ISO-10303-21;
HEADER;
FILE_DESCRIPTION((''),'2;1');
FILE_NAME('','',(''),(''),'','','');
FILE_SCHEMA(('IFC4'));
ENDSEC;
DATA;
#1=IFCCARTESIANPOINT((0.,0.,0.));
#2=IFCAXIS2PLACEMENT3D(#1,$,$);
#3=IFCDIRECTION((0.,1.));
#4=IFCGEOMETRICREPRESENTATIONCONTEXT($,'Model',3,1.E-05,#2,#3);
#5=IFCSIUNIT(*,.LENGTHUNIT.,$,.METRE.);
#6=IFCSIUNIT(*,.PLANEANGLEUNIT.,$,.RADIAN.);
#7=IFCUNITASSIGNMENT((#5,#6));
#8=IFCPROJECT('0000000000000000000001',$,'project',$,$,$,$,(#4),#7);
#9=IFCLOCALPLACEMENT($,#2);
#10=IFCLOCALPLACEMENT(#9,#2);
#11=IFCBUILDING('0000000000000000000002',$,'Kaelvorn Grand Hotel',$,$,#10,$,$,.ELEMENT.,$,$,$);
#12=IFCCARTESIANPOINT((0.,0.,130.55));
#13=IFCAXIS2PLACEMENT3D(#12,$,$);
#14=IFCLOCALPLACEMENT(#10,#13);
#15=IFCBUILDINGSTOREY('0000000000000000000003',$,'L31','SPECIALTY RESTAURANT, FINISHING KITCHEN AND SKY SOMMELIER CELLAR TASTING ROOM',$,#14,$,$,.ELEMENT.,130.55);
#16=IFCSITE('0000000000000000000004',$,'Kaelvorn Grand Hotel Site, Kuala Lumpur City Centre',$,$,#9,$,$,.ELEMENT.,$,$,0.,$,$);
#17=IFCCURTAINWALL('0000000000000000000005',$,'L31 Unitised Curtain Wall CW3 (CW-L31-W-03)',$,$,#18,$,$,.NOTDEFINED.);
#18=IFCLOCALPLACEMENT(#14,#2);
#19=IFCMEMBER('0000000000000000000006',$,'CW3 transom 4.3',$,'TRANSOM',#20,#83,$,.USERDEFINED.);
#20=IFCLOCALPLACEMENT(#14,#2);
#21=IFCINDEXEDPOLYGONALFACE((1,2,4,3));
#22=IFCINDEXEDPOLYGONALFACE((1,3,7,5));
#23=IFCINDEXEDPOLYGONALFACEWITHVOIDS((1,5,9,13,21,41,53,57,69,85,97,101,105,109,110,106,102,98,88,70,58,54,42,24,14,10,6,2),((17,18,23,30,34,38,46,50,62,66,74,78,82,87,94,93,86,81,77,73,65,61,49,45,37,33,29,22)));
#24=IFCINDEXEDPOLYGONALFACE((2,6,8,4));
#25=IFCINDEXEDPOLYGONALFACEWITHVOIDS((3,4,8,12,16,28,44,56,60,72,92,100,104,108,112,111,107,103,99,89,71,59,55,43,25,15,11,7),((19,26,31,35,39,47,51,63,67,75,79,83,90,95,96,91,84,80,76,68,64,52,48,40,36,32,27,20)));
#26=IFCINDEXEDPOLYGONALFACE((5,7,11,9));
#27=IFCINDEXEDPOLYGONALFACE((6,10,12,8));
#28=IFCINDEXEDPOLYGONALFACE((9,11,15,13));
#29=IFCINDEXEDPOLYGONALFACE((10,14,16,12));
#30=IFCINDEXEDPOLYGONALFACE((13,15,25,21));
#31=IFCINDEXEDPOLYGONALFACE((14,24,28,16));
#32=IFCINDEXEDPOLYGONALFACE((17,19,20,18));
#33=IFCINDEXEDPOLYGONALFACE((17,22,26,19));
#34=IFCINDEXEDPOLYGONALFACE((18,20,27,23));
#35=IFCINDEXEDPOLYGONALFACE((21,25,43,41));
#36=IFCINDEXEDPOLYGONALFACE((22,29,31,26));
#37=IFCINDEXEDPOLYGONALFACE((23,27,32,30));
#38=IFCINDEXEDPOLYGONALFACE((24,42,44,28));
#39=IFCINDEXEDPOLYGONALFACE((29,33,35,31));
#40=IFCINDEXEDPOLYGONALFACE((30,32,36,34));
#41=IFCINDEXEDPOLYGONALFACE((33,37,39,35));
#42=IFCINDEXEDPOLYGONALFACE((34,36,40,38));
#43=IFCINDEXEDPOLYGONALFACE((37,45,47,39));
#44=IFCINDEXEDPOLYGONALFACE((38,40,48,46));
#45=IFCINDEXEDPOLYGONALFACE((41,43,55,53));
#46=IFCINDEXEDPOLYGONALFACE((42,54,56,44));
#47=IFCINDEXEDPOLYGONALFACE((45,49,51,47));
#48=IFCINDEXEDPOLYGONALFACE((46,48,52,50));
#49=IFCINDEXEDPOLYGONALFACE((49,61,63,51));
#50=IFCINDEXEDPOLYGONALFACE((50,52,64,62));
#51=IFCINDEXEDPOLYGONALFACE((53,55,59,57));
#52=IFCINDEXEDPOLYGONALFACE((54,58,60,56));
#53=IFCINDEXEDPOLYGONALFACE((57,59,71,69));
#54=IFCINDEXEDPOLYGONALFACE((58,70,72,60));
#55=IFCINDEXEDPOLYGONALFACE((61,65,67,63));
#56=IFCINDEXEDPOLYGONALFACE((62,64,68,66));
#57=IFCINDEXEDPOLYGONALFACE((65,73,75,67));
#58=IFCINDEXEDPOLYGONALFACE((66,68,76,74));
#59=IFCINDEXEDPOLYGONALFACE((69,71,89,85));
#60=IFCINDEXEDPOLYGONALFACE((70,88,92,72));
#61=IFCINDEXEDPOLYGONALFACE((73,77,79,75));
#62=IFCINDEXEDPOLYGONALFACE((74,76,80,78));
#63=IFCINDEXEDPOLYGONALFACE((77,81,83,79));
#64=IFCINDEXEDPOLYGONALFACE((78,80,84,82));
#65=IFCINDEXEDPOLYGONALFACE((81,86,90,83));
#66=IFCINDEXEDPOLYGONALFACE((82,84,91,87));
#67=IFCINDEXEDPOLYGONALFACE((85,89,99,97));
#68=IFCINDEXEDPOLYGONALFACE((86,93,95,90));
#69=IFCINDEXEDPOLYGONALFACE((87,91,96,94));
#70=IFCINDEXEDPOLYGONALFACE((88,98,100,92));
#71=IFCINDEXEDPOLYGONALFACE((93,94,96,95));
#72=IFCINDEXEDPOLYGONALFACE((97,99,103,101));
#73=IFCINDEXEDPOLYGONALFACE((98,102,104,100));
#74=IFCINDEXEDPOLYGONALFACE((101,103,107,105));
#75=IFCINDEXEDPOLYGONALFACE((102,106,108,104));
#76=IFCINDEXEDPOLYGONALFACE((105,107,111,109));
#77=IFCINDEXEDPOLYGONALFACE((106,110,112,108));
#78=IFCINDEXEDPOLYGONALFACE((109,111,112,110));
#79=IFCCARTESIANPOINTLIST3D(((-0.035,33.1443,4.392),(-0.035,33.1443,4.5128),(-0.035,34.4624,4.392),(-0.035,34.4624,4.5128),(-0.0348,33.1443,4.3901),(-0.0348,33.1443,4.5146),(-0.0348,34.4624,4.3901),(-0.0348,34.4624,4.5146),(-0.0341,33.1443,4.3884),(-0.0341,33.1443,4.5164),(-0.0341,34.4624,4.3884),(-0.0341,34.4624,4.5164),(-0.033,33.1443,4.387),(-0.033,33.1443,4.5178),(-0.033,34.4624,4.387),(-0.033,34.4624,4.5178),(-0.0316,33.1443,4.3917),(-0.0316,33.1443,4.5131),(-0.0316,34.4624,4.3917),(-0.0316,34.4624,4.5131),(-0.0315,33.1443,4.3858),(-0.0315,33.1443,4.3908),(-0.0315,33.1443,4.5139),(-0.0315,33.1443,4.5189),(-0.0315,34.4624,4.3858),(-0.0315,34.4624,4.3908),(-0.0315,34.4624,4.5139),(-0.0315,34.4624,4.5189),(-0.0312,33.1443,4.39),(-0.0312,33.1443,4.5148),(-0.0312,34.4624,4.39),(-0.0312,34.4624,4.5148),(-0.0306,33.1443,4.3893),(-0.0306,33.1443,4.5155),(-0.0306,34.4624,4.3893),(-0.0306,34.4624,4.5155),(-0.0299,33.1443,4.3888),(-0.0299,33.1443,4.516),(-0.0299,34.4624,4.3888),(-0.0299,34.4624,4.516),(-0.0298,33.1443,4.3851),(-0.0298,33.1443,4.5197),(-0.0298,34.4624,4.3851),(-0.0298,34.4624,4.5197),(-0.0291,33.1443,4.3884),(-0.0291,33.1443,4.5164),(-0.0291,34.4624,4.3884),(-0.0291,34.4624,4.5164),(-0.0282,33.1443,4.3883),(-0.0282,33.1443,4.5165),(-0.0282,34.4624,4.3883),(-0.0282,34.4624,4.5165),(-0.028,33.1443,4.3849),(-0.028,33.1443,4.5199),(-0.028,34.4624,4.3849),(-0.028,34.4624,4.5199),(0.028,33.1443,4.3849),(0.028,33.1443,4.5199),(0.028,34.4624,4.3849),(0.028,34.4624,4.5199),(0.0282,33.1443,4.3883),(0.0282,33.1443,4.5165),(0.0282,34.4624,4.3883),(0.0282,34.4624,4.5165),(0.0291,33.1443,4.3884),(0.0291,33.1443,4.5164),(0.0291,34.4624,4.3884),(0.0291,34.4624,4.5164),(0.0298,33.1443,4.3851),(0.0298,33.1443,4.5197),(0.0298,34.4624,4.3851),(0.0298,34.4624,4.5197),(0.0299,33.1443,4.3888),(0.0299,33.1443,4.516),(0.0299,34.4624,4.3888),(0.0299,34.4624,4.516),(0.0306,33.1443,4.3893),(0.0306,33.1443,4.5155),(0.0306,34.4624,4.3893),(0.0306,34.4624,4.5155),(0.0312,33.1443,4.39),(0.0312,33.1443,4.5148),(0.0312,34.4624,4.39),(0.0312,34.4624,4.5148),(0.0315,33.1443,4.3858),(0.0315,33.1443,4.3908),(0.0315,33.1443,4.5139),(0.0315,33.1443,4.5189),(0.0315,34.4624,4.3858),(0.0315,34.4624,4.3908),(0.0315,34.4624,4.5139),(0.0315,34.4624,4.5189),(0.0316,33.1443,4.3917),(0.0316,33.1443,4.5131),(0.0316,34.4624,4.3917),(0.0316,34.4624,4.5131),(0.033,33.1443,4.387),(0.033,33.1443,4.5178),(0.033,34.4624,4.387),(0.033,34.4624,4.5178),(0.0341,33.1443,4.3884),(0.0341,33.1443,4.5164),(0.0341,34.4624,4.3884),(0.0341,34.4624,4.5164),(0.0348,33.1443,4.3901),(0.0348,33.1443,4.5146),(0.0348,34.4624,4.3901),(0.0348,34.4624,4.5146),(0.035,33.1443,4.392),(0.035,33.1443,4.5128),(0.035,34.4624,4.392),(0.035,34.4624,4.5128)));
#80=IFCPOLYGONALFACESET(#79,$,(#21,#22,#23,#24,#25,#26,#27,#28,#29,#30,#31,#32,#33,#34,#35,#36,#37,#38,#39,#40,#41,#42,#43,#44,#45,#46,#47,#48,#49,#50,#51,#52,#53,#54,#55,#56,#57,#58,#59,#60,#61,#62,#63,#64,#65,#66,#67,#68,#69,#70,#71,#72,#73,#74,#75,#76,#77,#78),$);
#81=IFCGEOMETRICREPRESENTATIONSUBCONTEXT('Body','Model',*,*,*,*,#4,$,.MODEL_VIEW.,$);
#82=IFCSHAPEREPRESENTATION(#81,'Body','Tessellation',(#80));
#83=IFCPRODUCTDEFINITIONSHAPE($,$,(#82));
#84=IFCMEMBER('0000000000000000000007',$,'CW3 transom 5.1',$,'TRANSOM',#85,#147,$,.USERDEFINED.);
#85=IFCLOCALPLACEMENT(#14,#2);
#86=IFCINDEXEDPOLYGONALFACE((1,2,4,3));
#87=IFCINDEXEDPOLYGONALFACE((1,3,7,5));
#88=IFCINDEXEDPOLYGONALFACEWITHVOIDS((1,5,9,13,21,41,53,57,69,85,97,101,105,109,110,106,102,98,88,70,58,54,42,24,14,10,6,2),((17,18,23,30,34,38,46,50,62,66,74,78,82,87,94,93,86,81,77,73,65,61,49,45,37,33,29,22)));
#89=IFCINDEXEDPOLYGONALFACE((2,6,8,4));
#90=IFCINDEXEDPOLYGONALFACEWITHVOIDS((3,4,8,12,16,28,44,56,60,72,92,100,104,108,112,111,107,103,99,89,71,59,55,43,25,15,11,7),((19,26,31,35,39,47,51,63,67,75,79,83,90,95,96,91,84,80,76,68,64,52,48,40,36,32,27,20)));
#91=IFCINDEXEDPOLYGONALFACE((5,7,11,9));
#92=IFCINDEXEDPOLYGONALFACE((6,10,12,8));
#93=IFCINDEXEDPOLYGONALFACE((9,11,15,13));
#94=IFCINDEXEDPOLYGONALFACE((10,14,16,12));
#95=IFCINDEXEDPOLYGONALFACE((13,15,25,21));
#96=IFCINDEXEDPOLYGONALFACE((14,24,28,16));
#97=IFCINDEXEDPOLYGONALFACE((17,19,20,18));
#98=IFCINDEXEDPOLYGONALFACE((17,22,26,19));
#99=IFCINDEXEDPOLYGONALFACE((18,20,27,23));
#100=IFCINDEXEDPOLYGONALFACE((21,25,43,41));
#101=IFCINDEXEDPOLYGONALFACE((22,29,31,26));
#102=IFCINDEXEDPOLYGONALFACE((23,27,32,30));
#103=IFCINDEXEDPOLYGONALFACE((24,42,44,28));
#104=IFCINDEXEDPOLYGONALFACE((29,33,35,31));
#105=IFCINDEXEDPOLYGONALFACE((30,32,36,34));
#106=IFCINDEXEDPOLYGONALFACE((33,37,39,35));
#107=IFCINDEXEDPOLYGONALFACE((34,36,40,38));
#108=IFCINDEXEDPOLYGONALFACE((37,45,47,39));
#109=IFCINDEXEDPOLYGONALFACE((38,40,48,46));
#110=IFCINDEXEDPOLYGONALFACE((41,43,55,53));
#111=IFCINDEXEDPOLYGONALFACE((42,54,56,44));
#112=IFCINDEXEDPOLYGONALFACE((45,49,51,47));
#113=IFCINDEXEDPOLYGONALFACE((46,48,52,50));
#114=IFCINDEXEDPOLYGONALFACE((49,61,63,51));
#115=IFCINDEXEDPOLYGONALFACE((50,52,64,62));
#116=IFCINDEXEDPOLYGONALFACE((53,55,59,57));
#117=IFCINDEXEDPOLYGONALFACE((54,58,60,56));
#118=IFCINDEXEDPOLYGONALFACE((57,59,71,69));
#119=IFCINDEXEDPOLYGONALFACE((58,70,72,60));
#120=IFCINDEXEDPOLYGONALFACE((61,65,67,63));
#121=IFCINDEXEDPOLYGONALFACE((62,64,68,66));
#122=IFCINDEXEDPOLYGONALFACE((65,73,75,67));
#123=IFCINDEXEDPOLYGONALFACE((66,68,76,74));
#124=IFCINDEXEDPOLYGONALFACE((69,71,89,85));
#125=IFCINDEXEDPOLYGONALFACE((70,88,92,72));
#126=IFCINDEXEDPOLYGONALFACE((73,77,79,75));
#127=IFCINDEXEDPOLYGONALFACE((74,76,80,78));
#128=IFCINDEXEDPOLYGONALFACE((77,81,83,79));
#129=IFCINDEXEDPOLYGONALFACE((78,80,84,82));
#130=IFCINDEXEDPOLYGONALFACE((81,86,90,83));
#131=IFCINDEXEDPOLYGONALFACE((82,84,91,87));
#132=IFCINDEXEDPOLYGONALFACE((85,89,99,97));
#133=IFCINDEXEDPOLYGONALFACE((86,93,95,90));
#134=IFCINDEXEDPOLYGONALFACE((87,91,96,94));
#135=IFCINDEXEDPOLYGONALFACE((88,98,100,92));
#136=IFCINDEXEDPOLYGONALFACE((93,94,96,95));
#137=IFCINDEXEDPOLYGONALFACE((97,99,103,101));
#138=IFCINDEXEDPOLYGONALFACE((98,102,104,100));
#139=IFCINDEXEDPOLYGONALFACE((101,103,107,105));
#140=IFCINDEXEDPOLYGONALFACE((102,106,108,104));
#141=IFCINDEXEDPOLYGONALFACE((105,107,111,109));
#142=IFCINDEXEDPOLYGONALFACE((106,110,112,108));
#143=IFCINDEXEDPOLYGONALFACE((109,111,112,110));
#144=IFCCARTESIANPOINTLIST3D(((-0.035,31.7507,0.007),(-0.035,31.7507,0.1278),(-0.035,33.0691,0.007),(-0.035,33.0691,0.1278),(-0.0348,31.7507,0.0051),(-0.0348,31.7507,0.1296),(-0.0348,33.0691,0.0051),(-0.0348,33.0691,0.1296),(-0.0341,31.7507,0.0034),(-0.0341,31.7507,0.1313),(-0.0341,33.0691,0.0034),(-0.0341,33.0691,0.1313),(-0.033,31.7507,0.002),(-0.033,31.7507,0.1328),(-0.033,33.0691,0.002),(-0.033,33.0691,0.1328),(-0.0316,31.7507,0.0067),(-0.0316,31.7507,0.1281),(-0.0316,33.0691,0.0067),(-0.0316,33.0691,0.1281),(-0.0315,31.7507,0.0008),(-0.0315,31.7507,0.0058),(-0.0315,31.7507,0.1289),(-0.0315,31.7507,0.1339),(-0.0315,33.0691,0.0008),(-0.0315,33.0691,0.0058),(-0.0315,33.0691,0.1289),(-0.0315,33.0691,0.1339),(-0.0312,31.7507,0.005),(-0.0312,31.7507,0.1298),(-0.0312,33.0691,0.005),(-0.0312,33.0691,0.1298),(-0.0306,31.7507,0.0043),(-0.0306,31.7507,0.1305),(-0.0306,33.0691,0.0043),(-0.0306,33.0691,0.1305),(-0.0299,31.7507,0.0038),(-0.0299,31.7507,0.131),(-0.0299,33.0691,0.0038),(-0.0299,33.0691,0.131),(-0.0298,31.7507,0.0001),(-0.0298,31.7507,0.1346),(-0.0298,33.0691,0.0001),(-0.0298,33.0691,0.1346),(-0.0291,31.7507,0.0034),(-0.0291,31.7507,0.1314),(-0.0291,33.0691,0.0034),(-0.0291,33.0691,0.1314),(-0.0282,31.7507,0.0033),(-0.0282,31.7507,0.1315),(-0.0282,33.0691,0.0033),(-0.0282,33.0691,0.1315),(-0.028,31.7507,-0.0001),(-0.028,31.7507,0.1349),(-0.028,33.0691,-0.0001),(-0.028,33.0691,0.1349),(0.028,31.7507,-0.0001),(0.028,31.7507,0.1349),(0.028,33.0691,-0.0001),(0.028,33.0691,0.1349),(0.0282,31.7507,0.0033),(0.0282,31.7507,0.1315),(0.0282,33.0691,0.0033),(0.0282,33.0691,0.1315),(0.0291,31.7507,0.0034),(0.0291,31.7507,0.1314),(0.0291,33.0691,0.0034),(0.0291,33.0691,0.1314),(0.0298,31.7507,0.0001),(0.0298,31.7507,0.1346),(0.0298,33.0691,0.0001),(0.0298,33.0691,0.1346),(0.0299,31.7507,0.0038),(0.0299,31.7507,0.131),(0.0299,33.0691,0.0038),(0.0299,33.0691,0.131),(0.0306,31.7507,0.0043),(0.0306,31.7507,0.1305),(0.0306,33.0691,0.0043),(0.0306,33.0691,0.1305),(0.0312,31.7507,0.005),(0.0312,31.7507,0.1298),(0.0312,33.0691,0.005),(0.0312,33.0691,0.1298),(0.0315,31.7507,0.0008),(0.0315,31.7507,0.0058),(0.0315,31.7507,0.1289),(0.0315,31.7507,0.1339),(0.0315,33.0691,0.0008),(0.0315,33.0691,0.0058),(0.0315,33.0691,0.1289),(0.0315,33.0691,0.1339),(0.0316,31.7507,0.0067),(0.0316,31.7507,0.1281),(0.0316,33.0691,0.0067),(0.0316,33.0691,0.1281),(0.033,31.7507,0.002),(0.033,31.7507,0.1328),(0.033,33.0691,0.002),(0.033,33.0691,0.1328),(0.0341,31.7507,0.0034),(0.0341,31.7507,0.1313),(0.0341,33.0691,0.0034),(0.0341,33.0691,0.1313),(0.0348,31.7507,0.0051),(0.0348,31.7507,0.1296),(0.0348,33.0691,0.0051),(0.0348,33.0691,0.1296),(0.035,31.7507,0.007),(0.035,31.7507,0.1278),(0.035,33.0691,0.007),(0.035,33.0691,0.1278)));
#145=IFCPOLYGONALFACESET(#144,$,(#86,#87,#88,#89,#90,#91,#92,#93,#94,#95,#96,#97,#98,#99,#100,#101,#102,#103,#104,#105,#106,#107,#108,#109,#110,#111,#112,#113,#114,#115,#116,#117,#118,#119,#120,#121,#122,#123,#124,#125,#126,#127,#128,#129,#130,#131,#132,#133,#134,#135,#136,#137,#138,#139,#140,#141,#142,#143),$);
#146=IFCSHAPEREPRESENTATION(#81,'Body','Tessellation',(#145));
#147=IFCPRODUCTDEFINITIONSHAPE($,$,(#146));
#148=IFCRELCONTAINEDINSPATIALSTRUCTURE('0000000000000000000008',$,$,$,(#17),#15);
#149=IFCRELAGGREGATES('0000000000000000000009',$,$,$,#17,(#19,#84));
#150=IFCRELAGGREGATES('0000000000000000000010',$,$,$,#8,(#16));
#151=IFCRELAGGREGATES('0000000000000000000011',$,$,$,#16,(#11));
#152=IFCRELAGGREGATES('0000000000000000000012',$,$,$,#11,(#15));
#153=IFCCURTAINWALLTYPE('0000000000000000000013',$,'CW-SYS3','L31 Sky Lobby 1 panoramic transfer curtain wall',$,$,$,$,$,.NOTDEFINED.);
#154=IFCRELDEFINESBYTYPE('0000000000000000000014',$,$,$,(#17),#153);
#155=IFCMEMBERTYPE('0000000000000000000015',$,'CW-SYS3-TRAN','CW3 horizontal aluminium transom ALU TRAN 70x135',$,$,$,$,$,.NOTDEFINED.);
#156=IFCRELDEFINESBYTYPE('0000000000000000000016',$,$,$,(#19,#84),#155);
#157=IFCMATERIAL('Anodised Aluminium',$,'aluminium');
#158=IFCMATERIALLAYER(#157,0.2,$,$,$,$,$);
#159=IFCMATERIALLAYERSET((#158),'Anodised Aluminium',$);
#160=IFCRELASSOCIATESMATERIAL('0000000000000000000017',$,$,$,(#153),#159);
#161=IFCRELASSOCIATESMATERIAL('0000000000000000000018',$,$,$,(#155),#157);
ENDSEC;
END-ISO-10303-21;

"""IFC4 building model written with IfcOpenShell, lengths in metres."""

from ifc_helpers import new_model, si_unit, direction, frame, origin, origin_2d, place, context, subcontext, project, spatial, hollow_rectangle, extrude, material, layer, layer_set, material_profile, profile_set, type_object, element, aggregate, save


model = new_model("IFC4")

# Units and contexts
model_context = context("Model", 3, precision=1e-05, world=origin(), true_north=direction((0.0, 1.0)))
body_context = subcontext(model_context, "Body", "Model", "MODEL_VIEW")
ifc_project = project(units=[si_unit("LENGTHUNIT", "METRE"), si_unit("PLANEANGLEUNIT", "RADIAN")], contexts=[model_context])

# Site, building, storey
site_placement = place(None, origin())
site = spatial("IfcSite", under=ifc_project, at=site_placement, Name="Kaelvorn Grand Hotel Site, Kuala Lumpur City Centre", CompositionType="ELEMENT", RefElevation=0.0)
building_placement = place(site_placement, origin())
building = spatial("IfcBuilding", under=site, at=building_placement, Name="Kaelvorn Grand Hotel", CompositionType="ELEMENT")
storey_placement = place(building_placement, frame((0.0, 0.0, 130.55)))
storey = spatial("IfcBuildingStorey", under=building, at=storey_placement, Name="L31", Description="SPECIALTY RESTAURANT, FINISHING KITCHEN AND SKY SOMMELIER CELLAR TASTING ROOM", CompositionType="ELEMENT", Elevation=130.55)

# Curtain wall, members
ifc_material_1 = material(Name="Anodised Aluminium", Category="aluminium")
ifc_layer_1 = layer(ifc_material_1, 0.2)
ifc_layer_set_1 = layer_set([ifc_layer_1], Name="Anodised Aluminium")
curtain_wall_type = type_object("IfcCurtainWallType", Name="CW-SYS3", Description="L31 Sky Lobby 1 panoramic transfer curtain wall", PredefinedType="NOTDEFINED", material=ifc_layer_set_1)
curtain_wall_placement = place(storey_placement, origin())
curtain_wall = element("IfcCurtainWall", 1, at=curtain_wall_placement, inside=storey, type_object=curtain_wall_type, Name="L31 Unitised Curtain Wall CW3 (CW-L31-W-03)", PredefinedType="NOTDEFINED")
ifc_material_profile_1 = material_profile(ifc_material_1, hollow_rectangle(XDim=0.0701, YDim=0.135, WallThickness=0.0034, InnerFilletRadius=0.0034, OuterFilletRadius=0.0071, at=origin_2d()), Name="ALU TRAN 70x135")
ifc_profile_set_1 = profile_set([ifc_material_profile_1], Name="Anodised Aluminium")
member_type_1 = type_object("IfcMemberType", Name="CW-SYS3-TRAN", Description="CW3 horizontal aluminium transom ALU TRAN 70x135", PredefinedType="NOTDEFINED", material=ifc_profile_set_1)
member_1_placement = place(storey_placement, frame((0.0, 34.4624, 4.4524), z_axis=(0.0, -1.0, 0.0), x_axis=(1.0, 0.0, 0.0)))
member_1 = element("IfcMember", 2, at=member_1_placement, type_object=member_type_1, Name="CW3 transom 4.3", ObjectType="TRANSOM", PredefinedType="USERDEFINED", context=body_context, shape_type="SweptSolid", body=[
    extrude(hollow_rectangle(XDim=0.0701, YDim=0.135, WallThickness=0.0034, InnerFilletRadius=0.0034, OuterFilletRadius=0.0071, at=origin_2d()), origin(), (0.0, 0.0, 1.0), 1.3181),
])
member_2_placement = place(storey_placement, frame((0.0, 33.0691, 0.0674), z_axis=(0.0, -1.0, 0.0), x_axis=(1.0, 0.0, 0.0)))
member_2 = element("IfcMember", 3, at=member_2_placement, type_object=member_type_1, Name="CW3 transom 5.1", ObjectType="TRANSOM", PredefinedType="USERDEFINED", context=body_context, shape_type="SweptSolid", body=[
    extrude(hollow_rectangle(XDim=0.0701, YDim=0.135, WallThickness=0.0034, InnerFilletRadius=0.0034, OuterFilletRadius=0.0071, at=origin_2d()), origin(), (0.0, 0.0, 1.0), 1.3184),
])
aggregate(curtain_wall, [member_1, member_2])

save(model, "model.ifc")
